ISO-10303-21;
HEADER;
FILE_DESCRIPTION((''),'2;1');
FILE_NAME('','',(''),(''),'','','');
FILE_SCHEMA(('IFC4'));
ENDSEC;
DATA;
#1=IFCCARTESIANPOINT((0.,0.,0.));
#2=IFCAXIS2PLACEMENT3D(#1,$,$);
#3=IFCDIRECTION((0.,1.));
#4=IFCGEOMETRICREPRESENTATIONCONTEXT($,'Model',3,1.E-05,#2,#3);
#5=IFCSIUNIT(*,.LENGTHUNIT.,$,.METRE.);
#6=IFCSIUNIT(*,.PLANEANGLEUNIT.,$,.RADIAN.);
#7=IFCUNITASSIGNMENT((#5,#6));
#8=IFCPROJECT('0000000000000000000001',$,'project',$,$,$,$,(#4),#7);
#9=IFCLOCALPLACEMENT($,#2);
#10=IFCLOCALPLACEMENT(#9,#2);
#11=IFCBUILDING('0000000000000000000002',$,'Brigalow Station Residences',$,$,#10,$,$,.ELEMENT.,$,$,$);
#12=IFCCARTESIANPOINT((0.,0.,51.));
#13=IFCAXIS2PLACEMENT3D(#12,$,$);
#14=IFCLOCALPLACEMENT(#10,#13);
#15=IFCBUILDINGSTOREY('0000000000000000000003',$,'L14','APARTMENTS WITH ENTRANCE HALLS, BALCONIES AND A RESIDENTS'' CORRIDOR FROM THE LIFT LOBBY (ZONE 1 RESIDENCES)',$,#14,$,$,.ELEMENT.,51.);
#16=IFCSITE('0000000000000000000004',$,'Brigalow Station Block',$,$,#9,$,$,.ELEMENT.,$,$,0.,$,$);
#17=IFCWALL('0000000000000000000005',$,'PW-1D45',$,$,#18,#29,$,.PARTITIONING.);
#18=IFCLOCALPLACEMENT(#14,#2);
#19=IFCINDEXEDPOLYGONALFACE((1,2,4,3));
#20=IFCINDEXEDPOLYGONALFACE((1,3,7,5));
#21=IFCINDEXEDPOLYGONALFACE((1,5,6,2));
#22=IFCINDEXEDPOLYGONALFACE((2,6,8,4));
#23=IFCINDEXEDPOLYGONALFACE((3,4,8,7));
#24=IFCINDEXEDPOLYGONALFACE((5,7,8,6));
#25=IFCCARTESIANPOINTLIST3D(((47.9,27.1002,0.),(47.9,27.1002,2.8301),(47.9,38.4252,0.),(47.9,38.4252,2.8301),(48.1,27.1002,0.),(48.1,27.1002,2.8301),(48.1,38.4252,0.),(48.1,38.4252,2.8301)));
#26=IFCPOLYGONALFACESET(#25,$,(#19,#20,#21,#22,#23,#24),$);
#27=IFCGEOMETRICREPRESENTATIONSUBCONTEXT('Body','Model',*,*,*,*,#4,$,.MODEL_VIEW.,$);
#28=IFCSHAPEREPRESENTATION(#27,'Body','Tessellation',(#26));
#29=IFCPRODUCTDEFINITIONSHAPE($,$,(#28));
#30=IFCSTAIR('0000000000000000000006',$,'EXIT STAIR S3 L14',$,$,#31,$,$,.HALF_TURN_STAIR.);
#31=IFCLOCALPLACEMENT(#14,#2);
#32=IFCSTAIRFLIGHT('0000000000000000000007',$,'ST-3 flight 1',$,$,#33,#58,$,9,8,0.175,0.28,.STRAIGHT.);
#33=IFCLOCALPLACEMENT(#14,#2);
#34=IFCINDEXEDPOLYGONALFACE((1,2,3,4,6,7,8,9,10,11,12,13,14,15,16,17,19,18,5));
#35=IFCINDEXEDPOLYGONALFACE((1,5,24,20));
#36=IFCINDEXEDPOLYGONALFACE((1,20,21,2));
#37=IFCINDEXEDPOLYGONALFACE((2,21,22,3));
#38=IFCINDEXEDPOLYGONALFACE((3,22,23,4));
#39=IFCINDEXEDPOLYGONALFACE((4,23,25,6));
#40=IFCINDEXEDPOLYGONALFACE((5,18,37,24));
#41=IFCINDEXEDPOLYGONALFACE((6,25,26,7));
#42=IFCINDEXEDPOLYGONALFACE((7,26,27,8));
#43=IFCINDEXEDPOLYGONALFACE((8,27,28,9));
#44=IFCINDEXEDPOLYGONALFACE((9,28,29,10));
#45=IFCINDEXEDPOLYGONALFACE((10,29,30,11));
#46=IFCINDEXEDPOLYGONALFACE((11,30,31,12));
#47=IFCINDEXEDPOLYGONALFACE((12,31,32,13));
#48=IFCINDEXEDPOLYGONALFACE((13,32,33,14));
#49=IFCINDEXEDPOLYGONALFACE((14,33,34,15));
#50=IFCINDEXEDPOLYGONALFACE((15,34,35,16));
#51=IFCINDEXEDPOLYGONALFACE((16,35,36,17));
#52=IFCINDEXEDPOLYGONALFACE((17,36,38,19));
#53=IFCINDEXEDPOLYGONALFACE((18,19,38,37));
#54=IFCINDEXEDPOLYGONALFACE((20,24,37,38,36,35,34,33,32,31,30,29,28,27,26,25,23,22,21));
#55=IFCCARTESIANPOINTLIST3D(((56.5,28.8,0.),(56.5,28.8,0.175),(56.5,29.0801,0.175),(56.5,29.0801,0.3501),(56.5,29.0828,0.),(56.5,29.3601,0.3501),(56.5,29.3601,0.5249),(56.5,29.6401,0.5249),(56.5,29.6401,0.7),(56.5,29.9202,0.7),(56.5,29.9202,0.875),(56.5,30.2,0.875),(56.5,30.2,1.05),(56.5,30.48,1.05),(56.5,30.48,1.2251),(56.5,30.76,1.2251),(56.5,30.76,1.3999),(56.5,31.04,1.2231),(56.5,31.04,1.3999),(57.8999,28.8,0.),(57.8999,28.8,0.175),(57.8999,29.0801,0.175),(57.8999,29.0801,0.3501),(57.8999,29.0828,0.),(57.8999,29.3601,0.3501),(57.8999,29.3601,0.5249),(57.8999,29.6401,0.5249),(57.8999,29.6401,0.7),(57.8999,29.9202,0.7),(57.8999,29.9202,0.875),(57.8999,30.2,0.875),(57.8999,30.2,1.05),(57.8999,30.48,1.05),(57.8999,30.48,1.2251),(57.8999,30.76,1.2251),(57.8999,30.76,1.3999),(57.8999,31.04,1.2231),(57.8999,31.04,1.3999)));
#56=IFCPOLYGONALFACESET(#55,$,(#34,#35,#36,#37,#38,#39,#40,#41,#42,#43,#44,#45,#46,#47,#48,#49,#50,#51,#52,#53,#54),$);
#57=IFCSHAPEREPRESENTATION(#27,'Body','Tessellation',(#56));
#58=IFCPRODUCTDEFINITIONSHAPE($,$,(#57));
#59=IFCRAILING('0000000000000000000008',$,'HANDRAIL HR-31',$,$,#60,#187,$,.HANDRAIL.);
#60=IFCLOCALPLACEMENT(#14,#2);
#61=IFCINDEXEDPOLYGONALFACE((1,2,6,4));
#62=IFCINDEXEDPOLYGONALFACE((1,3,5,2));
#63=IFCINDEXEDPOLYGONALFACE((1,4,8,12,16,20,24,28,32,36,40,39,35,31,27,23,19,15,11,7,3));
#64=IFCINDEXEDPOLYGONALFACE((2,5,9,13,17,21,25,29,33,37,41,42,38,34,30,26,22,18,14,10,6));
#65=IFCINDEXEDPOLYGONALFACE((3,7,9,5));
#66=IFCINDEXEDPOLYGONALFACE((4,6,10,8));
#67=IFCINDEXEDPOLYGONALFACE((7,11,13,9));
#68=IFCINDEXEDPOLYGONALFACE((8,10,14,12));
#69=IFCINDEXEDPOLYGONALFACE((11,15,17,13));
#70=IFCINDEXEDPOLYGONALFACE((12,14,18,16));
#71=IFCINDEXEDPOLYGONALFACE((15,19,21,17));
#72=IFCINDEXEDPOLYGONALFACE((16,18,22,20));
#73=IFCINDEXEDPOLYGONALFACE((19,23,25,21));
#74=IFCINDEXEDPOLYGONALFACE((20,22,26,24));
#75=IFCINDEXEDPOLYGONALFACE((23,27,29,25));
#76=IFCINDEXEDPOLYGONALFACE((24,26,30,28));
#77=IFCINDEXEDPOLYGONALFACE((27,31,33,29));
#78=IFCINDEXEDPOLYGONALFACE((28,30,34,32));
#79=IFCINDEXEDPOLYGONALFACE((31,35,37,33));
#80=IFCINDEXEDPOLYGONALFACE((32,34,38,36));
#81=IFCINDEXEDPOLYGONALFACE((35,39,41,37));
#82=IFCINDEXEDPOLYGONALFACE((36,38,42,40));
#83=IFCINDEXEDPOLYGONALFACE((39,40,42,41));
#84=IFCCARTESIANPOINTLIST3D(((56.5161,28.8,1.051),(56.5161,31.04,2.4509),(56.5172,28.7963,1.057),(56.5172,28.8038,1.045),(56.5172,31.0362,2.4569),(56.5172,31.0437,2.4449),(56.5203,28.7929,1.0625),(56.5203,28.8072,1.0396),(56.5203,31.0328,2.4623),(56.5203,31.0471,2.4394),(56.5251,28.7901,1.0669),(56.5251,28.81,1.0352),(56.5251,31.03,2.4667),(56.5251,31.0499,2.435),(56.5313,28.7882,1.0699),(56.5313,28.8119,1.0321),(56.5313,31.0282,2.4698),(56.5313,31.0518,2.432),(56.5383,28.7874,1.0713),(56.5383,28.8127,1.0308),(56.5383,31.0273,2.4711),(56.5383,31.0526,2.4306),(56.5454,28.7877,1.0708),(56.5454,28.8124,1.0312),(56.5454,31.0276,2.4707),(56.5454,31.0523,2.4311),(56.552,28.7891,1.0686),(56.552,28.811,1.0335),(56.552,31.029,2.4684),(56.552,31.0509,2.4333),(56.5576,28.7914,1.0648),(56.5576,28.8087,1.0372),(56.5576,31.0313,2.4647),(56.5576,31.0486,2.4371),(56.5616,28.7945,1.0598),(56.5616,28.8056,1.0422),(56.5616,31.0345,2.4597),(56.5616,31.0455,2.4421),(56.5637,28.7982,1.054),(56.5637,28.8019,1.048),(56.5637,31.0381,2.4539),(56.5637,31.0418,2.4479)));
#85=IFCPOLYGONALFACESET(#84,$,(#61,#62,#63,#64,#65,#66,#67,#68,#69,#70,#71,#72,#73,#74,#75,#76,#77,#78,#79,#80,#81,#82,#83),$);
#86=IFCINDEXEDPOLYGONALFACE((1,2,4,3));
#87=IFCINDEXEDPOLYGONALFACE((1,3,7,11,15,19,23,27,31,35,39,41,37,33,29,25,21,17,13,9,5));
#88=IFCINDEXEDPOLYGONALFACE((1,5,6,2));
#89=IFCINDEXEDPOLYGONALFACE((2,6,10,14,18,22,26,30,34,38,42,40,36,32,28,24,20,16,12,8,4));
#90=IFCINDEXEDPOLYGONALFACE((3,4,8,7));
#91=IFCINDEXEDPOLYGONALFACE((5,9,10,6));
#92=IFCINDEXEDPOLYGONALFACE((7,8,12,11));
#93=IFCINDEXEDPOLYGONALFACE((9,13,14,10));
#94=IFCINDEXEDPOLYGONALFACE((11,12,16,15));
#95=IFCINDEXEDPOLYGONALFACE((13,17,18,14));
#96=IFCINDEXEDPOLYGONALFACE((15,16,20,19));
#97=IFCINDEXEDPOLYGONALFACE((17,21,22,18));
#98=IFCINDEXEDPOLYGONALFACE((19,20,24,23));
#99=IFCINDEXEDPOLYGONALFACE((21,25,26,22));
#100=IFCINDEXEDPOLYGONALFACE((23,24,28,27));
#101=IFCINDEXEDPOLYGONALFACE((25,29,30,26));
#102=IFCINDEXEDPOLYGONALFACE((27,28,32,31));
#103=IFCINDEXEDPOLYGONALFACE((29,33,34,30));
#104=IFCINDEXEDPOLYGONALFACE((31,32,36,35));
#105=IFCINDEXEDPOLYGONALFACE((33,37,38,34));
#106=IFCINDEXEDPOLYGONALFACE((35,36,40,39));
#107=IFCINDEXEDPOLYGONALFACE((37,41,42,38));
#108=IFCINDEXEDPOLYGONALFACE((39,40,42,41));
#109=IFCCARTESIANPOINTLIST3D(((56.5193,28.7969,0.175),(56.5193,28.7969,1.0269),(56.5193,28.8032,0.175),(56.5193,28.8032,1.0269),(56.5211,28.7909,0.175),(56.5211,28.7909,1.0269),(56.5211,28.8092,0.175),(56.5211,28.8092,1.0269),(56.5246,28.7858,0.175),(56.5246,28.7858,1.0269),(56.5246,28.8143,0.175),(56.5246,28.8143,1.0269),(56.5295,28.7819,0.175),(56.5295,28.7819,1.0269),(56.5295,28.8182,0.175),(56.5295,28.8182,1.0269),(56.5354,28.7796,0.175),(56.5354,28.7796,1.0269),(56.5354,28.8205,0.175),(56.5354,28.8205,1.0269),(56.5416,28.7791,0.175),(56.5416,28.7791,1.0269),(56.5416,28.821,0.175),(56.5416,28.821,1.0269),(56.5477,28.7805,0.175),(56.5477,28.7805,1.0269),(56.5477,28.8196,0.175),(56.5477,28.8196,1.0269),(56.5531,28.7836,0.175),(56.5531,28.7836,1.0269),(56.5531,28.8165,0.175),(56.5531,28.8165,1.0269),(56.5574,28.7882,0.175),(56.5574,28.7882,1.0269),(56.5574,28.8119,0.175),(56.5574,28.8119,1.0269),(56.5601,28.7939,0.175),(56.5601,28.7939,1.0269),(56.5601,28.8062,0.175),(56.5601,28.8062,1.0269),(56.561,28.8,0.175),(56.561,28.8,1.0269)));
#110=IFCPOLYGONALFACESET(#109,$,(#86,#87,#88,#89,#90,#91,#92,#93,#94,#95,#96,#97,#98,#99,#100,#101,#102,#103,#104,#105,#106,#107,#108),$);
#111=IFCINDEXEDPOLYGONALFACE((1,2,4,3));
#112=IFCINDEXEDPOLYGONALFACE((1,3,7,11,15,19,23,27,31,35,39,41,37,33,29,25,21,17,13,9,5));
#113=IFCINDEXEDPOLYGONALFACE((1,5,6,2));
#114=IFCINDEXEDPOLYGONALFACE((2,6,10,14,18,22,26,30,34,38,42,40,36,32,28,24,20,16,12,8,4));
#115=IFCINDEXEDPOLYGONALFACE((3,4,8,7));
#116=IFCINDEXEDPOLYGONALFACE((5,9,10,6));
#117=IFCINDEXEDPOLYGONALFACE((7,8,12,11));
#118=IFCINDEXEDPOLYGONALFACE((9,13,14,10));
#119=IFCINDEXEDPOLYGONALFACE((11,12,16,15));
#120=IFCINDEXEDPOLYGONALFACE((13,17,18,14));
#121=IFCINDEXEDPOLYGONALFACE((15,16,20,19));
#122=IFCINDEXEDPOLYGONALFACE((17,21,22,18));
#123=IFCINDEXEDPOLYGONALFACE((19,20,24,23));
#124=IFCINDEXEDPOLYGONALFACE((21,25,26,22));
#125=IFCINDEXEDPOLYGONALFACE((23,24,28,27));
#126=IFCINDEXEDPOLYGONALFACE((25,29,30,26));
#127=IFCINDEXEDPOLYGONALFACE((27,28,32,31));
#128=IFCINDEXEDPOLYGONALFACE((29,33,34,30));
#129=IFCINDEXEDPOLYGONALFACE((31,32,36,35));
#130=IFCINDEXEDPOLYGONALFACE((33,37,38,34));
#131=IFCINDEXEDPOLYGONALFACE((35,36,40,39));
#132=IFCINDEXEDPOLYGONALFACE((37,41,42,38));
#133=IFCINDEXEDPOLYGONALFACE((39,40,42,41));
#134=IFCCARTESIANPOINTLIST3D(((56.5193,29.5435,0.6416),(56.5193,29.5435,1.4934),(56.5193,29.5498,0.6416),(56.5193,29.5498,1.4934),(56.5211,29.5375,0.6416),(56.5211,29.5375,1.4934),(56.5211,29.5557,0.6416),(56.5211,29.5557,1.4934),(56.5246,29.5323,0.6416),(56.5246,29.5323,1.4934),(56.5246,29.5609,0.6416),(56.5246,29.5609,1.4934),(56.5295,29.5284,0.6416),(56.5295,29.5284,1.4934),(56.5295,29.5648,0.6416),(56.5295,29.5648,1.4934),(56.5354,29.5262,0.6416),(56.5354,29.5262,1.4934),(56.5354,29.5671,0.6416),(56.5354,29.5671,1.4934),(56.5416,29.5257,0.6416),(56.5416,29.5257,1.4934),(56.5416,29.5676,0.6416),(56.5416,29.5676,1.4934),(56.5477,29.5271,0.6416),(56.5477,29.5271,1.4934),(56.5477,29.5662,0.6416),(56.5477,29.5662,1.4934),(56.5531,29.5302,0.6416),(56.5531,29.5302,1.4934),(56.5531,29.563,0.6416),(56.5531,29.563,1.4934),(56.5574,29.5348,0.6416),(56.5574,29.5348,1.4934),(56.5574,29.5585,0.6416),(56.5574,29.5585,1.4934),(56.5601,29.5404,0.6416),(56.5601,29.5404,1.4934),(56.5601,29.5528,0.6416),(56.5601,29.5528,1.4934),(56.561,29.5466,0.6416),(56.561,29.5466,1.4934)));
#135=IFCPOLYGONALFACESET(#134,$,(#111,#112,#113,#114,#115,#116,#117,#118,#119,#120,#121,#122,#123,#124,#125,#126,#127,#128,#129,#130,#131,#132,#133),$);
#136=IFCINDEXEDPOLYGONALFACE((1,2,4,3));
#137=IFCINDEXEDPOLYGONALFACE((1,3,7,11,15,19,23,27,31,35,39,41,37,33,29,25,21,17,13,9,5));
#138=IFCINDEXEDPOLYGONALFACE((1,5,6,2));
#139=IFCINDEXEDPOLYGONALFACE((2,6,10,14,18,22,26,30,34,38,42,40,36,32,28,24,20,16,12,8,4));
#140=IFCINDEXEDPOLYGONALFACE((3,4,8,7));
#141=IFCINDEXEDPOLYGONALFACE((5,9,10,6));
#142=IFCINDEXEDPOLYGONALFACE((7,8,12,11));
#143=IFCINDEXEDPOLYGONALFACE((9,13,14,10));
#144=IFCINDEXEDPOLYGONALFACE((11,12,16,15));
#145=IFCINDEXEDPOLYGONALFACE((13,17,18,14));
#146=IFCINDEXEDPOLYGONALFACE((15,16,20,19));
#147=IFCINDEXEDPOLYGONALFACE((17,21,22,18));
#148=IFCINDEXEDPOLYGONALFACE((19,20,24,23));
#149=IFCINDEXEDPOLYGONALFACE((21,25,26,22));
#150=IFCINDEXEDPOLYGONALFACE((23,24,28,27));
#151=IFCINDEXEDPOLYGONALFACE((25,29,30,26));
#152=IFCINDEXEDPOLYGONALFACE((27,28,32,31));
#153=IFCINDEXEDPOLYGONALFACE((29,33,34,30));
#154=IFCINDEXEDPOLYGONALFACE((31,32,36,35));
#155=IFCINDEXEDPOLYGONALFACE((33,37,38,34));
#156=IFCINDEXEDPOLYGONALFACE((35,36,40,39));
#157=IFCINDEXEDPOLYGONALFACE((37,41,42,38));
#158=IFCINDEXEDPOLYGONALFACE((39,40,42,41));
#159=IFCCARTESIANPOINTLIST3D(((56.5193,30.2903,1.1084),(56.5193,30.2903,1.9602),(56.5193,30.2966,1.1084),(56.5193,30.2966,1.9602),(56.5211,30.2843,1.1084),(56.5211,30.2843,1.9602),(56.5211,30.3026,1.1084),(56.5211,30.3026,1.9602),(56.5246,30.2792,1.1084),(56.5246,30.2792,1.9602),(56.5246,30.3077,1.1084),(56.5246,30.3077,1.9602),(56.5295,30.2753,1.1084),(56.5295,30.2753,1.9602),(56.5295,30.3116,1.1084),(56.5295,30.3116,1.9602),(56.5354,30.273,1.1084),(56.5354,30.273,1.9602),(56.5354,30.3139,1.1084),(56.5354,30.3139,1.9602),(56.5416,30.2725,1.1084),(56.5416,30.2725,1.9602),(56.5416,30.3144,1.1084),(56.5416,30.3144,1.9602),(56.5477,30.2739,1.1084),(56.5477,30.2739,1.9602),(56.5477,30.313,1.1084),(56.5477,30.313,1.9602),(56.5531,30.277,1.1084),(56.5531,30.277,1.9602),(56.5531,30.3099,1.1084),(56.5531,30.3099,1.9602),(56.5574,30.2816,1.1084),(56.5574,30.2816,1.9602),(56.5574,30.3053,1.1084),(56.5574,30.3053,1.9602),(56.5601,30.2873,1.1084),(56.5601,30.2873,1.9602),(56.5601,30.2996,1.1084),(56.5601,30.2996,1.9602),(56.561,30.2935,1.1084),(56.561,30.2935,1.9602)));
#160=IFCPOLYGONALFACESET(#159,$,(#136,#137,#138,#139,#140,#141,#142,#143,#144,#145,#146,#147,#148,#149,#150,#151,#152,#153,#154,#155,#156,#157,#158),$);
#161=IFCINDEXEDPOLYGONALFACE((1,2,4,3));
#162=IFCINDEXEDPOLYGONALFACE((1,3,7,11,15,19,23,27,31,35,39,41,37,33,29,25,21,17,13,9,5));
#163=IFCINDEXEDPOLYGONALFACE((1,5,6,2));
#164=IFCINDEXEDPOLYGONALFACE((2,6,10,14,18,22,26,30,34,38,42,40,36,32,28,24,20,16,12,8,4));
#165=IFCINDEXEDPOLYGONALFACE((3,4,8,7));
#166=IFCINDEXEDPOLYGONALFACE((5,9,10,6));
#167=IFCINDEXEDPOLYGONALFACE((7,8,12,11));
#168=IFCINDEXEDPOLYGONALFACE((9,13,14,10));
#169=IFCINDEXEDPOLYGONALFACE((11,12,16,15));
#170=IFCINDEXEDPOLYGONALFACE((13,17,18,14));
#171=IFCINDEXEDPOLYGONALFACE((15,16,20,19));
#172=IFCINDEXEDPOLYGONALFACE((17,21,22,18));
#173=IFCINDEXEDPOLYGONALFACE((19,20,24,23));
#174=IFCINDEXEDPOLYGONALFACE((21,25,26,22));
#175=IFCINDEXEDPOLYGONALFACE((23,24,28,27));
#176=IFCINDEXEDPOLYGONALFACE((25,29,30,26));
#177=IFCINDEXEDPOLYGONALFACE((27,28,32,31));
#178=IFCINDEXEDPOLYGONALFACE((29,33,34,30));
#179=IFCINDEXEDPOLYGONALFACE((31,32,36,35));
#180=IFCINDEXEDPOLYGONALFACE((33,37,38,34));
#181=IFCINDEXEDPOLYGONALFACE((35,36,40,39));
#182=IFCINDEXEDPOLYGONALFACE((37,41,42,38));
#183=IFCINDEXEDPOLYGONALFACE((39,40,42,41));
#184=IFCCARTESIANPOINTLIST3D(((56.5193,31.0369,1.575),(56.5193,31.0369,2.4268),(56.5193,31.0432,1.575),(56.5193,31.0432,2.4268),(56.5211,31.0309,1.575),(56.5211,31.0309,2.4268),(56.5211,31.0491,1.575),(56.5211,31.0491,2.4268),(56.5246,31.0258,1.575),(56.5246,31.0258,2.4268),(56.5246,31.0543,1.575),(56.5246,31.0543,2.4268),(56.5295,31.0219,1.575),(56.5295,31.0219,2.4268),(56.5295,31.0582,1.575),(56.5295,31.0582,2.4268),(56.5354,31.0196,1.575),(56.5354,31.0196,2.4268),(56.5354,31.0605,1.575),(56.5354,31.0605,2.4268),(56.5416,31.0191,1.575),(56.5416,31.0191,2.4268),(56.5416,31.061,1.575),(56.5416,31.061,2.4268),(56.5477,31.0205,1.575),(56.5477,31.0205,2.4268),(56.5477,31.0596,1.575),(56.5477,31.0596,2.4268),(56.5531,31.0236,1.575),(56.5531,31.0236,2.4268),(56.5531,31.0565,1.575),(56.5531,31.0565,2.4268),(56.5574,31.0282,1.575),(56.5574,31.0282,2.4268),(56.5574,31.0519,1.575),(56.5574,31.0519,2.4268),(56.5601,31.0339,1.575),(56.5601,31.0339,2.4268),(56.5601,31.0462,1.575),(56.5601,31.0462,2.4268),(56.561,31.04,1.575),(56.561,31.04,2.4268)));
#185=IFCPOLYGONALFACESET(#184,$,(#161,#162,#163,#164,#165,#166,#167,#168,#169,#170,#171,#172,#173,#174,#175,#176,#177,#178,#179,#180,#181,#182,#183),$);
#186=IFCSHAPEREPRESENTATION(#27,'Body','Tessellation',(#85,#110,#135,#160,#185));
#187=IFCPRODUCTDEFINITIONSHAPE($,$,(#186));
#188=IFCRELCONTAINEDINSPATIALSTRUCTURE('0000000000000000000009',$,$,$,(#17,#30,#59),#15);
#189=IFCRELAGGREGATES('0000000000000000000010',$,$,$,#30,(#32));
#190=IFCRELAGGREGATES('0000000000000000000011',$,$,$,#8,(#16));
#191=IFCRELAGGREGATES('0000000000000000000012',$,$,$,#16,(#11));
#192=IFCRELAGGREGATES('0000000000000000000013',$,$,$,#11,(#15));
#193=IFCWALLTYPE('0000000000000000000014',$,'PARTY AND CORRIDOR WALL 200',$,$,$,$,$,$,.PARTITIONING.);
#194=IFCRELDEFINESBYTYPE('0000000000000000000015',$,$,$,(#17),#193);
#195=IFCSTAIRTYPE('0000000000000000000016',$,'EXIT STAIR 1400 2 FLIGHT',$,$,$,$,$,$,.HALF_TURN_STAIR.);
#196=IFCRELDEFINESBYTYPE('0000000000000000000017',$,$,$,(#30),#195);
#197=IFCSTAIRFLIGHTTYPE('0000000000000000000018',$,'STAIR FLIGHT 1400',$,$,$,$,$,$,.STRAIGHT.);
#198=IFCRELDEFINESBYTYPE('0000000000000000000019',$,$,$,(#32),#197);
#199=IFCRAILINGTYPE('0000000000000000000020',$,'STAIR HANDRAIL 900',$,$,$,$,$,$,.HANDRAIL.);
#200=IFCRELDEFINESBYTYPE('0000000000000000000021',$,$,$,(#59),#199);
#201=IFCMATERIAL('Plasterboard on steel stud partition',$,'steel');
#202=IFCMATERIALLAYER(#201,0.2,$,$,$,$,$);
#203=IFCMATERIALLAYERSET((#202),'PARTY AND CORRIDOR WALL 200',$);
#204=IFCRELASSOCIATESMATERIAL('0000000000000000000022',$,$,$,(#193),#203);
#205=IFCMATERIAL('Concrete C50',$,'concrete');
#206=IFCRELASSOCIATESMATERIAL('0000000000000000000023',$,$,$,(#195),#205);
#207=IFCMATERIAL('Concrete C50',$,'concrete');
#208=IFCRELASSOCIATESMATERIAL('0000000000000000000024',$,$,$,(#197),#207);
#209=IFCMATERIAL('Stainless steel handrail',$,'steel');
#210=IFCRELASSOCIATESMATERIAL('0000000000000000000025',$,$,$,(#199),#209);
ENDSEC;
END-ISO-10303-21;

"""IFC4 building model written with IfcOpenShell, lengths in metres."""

from ifc_helpers import new_model, si_unit, direction, frame, frame_2d, origin, origin_2d, place, context, subcontext, project, spatial, polyline, rectangle, circle, outline, extrude, material, layer, layer_set, type_object, element, aggregate, save


model = new_model("IFC4")

# Units and contexts
model_context = context("Model", 3, precision=1e-05, world=origin(), true_north=direction((0.0, 1.0)))
body_context = subcontext(model_context, "Body", "Model", "MODEL_VIEW")
ifc_project = project(units=[si_unit("LENGTHUNIT", "METRE"), si_unit("PLANEANGLEUNIT", "RADIAN")], contexts=[model_context])

# Site, building, storey
site_placement = place(None, origin())
site = spatial("IfcSite", under=ifc_project, at=site_placement, Name="Brigalow Station Block", CompositionType="ELEMENT", RefElevation=0.0)
building_placement = place(site_placement, origin())
building = spatial("IfcBuilding", under=site, at=building_placement, Name="Brigalow Station Residences", CompositionType="ELEMENT")
storey_placement = place(building_placement, frame((0.0, 0.0, 51.0)))
storey = spatial("IfcBuildingStorey", under=building, at=storey_placement, Name="L14", Description="APARTMENTS WITH ENTRANCE HALLS, BALCONIES AND A RESIDENTS' CORRIDOR FROM THE LIFT LOBBY (ZONE 1 RESIDENCES)", CompositionType="ELEMENT", Elevation=51.0)

# Wall
ifc_material_1 = material(Name="Plasterboard on steel stud partition", Category="steel")
ifc_layer_1 = layer(ifc_material_1, 0.2)
ifc_layer_set_1 = layer_set([ifc_layer_1], Name="PARTY AND CORRIDOR WALL 200")
wall_type_1 = type_object("IfcWallType", Name="PARTY AND CORRIDOR WALL 200", PredefinedType="PARTITIONING", material=ifc_layer_set_1)
wall_1_placement = place(storey_placement, frame((48.0, 27.1001, 0.0), z_axis=(0.0, 0.0, 1.0), x_axis=(0.0, 1.0, 0.0)))
element("IfcWall", 1, at=wall_1_placement, inside=storey, type_object=wall_type_1, Name="PW-1D45", PredefinedType="PARTITIONING", context=body_context, shape_type="SweptSolid", body=[
    extrude(rectangle(XDim=11.325, YDim=0.2, at=frame_2d((5.6626, 0.0))), origin(), (0.0, 0.0, 1.0), 2.8301),
])

# Stair, stair flight
ifc_material_2 = material(Name="Concrete C50", Category="concrete")
stair_type = type_object("IfcStairType", Name="EXIT STAIR 1400 2 FLIGHT", PredefinedType="HALF_TURN_STAIR", material=ifc_material_2)
stair_placement = place(storey_placement, origin())
stair = element("IfcStair", 2, at=stair_placement, inside=storey, type_object=stair_type, Name="EXIT STAIR S3 L14", PredefinedType="HALF_TURN_STAIR")
ifc_material_3 = material(Name="Concrete C50", Category="concrete")
stair_flight_type = type_object("IfcStairFlightType", Name="STAIR FLIGHT 1400", PredefinedType="STRAIGHT", material=ifc_material_3)
stair_flight_placement = place(storey_placement, frame((57.2, 28.8, 0.0), z_axis=(0.0, 0.0, 1.0), x_axis=(0.0, 1.0, 0.0)))
stair_flight = element("IfcStairFlight", 3, at=stair_flight_placement, type_object=stair_flight_type, Name="ST-3 flight 1", NumberOfRisers=9, NumberOfTreads=8, PredefinedType="STRAIGHT", RiserHeight=0.175, TreadLength=0.28, context=body_context, shape_type="SweptSolid", body=[
    extrude(outline(polyline([(0.0, 0.0), (0.0, 0.175), (0.28, 0.175), (0.28, 0.3501), (0.5601, 0.3501), (0.5601, 0.5249), (0.8401, 0.5249), (0.8401, 0.7), (1.1201, 0.7), (1.1201, 0.875), (1.3999, 0.875), (1.3999, 1.05), (1.6799, 1.05), (1.6799, 1.2251), (1.96, 1.2251), (1.96, 1.3999), (2.24, 1.3999), (2.24, 1.575), (2.24, 1.2231), (0.2827, 0.0), (0.0, 0.0)])), frame((0.0, 0.7, 0.0), z_axis=(0.0, -1.0, 0.0), x_axis=(1.0, 0.0, 0.0)), (0.0, 0.0, 1.0), 1.3999),
])
aggregate(stair, [stair_flight])

# Railing
ifc_material_4 = material(Name="Stainless steel handrail", Category="steel")
railing_type = type_object("IfcRailingType", Name="STAIR HANDRAIL 900", PredefinedType="HANDRAIL", material=ifc_material_4)
railing_placement = place(storey_placement, frame((56.54, 28.8, 0.175)))
element("IfcRailing", 4, at=railing_placement, inside=storey, type_object=railing_type, Name="HANDRAIL HR-31", PredefinedType="HANDRAIL", context=body_context, shape_type="SweptSolid", body=[
    extrude(circle(Radius=0.0239, at=origin_2d()), frame((0.0, 0.0, 0.876), z_axis=(0.0, 0.848014, 0.529974), x_axis=(-1.0, 0.0, 0.0)), (0.0, 0.0, 1.0), 2.6414),
    extrude(circle(Radius=0.021, at=origin_2d()), origin(), (0.0, 0.0, 1.0), 0.8518),
    extrude(circle(Radius=0.021, at=origin_2d()), frame((0.0, 0.7466, 0.4666)), (0.0, 0.0, 1.0), 0.8518),
    extrude(circle(Radius=0.021, at=origin_2d()), frame((0.0, 1.4934, 0.9333)), (0.0, 0.0, 1.0), 0.8518),
    extrude(circle(Radius=0.021, at=origin_2d()), frame((0.0, 2.24, 1.3999)), (0.0, 0.0, 1.0), 0.8518),
])

save(model, "model.ifc")
